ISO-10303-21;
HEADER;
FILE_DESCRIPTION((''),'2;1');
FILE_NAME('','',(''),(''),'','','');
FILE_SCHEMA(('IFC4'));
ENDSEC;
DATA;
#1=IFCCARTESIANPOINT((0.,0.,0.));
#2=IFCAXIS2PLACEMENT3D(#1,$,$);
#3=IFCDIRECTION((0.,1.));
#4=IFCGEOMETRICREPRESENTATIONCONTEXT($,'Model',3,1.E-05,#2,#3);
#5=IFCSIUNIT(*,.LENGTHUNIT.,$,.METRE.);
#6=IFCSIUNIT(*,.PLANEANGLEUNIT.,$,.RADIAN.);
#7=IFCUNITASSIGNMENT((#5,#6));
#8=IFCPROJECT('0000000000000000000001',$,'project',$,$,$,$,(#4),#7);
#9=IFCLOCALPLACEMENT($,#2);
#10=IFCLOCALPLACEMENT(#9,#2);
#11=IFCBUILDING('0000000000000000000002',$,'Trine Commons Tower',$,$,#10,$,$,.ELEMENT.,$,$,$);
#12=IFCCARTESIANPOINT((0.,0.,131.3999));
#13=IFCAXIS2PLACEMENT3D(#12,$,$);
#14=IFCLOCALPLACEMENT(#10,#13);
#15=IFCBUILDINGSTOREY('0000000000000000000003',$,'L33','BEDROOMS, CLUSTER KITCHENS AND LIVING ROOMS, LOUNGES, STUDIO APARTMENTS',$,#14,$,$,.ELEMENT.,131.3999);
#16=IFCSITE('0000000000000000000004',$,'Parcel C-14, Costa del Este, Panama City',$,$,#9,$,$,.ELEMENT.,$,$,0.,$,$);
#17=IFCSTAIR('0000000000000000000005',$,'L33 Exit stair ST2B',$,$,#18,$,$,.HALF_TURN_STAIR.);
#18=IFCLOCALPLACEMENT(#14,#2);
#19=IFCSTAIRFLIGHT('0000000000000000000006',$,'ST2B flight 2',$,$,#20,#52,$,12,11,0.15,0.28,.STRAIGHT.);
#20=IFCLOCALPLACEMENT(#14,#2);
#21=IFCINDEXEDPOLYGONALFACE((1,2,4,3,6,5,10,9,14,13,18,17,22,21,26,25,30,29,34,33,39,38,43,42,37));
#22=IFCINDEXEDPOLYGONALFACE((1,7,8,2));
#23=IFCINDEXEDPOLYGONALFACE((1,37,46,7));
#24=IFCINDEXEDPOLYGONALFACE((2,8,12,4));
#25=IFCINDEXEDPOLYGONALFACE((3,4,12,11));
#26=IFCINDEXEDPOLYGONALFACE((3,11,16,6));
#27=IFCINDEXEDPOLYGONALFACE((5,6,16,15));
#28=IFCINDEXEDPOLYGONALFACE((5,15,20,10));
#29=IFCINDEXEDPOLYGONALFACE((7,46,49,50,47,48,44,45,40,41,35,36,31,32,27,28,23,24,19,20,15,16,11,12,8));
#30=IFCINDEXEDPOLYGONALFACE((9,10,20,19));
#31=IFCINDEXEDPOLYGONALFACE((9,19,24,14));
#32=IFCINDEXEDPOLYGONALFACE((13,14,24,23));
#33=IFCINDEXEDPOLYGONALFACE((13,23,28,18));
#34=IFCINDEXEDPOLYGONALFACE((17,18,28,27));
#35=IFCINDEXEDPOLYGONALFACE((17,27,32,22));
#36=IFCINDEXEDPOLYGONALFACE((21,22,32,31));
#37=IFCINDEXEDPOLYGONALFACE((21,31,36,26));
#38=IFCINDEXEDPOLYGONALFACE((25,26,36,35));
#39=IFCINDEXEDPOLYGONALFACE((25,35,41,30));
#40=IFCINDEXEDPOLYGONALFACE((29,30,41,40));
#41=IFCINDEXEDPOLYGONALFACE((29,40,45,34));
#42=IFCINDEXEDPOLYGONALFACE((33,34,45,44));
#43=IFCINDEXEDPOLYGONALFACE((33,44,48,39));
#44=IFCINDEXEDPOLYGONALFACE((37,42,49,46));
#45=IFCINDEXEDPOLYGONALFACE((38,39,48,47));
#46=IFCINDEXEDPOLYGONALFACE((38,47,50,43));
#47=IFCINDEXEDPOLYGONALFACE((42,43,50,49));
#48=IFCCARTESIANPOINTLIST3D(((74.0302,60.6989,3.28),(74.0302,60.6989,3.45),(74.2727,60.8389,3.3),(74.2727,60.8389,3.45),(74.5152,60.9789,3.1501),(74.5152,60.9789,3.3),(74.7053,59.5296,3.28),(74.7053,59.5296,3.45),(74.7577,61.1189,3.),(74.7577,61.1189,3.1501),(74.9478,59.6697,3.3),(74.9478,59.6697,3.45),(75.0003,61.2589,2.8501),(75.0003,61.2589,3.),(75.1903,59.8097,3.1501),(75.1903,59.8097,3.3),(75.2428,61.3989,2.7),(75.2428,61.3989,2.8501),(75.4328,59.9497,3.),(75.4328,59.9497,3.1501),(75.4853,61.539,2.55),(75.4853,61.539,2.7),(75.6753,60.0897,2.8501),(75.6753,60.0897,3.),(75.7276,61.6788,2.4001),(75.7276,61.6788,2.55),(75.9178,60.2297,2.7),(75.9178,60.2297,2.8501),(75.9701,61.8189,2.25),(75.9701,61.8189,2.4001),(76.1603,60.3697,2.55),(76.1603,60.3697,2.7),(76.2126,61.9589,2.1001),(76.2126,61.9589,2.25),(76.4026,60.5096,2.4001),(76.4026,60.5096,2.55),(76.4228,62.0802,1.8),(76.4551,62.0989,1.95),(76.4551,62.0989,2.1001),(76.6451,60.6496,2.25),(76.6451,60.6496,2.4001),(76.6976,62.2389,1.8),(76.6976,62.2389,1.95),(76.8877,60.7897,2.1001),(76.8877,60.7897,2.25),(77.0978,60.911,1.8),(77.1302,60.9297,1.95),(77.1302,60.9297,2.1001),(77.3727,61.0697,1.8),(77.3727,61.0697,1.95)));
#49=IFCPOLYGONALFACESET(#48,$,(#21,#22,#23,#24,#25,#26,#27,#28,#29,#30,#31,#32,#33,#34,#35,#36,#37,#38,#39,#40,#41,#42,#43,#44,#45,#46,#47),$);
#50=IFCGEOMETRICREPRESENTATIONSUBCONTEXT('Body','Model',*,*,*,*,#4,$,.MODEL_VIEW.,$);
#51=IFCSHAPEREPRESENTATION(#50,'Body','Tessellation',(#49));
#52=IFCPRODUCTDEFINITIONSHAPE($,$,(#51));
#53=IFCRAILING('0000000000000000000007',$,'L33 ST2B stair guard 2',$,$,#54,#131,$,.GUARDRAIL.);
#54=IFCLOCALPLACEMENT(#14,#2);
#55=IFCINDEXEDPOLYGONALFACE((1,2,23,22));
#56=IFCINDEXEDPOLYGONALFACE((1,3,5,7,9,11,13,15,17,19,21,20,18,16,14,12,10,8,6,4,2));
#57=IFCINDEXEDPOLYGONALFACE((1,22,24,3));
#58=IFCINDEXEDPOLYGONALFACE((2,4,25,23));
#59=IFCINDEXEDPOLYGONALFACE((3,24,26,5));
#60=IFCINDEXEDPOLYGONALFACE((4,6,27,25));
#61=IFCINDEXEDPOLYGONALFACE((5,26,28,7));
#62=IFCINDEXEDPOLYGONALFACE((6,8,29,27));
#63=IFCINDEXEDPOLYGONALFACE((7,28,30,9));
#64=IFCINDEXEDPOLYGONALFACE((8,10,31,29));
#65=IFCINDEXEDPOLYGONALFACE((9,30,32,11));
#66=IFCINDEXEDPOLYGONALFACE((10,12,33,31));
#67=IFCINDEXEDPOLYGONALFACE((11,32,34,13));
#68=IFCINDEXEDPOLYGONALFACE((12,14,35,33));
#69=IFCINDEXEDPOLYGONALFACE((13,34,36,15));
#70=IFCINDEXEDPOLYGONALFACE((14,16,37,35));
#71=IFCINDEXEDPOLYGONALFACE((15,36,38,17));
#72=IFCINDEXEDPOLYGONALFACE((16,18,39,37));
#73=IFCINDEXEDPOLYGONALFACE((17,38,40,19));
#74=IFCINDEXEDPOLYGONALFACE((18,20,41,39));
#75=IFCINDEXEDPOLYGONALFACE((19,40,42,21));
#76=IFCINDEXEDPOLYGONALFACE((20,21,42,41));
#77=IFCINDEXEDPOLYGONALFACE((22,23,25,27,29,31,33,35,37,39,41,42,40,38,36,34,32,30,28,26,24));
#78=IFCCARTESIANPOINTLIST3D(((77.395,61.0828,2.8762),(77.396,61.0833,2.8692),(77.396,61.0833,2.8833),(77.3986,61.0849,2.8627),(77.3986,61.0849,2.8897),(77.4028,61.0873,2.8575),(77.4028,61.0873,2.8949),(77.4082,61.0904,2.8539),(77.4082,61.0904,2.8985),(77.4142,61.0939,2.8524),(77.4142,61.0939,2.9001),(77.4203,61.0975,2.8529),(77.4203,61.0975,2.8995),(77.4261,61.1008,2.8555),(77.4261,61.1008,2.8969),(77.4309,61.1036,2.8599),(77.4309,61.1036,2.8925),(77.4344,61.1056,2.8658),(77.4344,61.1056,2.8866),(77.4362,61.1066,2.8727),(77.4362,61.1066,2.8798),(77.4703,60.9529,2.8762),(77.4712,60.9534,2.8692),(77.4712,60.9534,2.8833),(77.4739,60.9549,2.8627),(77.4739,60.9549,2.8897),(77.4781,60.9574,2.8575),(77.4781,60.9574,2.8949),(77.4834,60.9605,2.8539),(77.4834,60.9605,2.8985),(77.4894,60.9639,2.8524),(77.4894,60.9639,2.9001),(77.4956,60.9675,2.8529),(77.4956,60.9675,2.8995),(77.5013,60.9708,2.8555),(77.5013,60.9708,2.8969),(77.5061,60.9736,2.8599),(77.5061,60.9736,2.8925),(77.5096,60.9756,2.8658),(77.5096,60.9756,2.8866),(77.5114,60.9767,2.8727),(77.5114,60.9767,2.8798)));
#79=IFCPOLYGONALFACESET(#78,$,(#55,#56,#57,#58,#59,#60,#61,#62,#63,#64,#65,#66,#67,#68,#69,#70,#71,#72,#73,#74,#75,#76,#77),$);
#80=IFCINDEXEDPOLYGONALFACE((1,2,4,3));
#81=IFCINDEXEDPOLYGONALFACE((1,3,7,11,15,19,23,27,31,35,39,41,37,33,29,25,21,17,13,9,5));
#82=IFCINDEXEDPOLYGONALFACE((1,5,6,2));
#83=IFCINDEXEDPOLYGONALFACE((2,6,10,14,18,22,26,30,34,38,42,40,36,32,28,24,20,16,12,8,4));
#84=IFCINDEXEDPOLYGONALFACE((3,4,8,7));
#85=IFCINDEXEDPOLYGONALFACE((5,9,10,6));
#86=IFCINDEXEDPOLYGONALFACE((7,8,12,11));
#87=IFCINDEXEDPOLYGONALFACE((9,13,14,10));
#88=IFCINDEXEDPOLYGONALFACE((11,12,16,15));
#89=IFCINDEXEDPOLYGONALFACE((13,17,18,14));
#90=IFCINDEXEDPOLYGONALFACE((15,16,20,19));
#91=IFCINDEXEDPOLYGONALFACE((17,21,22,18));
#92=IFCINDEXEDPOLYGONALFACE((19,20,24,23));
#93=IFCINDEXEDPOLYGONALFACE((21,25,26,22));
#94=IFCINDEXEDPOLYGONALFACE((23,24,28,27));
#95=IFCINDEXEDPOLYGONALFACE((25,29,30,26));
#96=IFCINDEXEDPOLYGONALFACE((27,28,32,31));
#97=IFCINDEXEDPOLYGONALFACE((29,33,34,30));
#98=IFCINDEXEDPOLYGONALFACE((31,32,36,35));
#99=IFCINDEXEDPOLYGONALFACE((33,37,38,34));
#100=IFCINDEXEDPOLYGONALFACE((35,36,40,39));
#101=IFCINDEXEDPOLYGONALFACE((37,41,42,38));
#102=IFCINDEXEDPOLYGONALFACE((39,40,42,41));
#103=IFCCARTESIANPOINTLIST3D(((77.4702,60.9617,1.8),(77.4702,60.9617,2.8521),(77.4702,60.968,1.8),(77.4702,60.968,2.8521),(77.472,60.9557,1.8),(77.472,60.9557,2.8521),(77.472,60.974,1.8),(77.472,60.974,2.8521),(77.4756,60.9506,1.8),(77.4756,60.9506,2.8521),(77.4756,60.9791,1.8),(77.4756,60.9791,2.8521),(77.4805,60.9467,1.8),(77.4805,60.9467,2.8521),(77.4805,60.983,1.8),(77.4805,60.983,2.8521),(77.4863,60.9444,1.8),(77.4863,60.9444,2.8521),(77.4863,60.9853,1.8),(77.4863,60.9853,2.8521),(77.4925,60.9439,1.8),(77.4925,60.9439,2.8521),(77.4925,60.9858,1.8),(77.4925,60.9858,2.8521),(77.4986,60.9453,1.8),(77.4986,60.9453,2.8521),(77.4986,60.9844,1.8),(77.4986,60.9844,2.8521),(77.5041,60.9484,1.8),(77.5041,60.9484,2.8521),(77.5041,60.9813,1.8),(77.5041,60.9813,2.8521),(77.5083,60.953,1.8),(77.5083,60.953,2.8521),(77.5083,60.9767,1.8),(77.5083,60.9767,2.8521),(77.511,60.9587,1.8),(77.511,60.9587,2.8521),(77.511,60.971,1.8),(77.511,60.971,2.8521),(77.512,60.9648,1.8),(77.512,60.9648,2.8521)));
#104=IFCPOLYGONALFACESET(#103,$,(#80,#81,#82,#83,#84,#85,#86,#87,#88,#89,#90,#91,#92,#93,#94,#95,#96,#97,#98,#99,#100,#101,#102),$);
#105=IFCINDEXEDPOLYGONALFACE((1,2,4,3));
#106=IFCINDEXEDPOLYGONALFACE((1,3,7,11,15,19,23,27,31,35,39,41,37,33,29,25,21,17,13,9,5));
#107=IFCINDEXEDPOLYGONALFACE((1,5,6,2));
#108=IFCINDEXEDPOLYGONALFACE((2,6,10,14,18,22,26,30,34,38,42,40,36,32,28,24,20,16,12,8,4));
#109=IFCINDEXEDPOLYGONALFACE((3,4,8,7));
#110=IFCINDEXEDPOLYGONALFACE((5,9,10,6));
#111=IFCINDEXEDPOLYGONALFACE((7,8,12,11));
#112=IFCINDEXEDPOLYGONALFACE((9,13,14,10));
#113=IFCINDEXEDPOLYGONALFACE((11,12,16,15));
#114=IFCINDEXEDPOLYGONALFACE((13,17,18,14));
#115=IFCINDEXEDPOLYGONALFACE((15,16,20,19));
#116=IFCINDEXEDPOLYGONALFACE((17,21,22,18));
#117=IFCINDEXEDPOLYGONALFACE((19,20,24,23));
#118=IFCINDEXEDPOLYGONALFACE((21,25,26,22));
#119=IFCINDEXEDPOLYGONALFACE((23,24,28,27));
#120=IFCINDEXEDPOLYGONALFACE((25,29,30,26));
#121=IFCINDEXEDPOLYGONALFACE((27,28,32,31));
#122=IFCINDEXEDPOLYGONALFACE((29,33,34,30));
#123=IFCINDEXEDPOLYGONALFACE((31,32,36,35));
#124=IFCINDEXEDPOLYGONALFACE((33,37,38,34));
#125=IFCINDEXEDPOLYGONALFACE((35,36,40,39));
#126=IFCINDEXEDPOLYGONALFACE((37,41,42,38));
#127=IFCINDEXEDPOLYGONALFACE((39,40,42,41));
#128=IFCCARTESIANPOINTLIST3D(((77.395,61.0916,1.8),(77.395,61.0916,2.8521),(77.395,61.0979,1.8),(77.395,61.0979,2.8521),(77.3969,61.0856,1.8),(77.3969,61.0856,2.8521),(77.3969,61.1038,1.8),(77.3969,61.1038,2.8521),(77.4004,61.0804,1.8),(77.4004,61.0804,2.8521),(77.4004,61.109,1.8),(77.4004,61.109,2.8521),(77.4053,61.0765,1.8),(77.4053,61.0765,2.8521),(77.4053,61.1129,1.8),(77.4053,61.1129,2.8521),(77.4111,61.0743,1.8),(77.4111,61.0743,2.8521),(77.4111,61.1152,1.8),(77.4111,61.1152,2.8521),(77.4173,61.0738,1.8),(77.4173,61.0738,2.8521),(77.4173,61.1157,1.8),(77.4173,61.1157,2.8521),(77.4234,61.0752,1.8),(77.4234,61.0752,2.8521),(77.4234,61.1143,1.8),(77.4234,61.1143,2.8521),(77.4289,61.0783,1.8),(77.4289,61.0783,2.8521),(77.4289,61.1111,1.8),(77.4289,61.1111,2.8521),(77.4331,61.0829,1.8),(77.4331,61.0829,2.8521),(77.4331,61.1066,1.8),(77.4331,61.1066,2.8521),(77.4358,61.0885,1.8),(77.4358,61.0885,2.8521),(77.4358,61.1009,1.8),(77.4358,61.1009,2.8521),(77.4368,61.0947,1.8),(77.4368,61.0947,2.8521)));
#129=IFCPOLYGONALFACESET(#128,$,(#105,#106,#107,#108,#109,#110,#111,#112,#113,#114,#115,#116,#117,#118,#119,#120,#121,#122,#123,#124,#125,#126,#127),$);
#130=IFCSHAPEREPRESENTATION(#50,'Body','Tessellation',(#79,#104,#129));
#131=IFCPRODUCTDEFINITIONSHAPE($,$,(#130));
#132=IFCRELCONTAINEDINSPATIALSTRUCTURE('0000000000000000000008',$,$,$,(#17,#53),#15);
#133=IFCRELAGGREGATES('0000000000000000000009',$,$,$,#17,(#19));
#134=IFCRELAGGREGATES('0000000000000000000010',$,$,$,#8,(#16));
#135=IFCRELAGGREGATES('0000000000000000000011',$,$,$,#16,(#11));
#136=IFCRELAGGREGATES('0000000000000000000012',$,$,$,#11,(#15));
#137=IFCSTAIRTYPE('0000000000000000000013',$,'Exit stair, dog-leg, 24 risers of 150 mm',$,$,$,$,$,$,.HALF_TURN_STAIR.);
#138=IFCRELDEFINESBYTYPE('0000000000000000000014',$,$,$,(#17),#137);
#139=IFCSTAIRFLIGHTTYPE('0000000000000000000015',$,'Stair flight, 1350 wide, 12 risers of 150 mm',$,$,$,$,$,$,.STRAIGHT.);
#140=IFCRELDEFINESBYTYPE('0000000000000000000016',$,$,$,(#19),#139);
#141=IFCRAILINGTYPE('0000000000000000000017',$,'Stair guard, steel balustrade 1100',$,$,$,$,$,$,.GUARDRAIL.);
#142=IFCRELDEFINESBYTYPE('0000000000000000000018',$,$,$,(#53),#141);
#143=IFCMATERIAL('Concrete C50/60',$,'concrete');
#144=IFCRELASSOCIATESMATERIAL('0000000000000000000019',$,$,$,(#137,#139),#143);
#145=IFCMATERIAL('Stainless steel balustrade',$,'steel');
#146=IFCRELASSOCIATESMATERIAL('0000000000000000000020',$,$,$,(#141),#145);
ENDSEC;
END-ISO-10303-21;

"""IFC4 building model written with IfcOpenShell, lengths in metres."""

from ifc_helpers import new_model, si_unit, direction, frame, origin, origin_2d, place, context, subcontext, project, spatial, polyline, circle, outline, extrude, material, type_object, element, aggregate, save


model = new_model("IFC4")

# Units and contexts
model_context = context("Model", 3, precision=1e-05, world=origin(), true_north=direction((0.0, 1.0)))
body_context = subcontext(model_context, "Body", "Model", "MODEL_VIEW")
ifc_project = project(units=[si_unit("LENGTHUNIT", "METRE"), si_unit("PLANEANGLEUNIT", "RADIAN")], contexts=[model_context])

# Site, building, storey
site_placement = place(None, origin())
site = spatial("IfcSite", under=ifc_project, at=site_placement, Name="Parcel C-14, Costa del Este, Panama City", CompositionType="ELEMENT", RefElevation=0.0)
building_placement = place(site_placement, origin())
building = spatial("IfcBuilding", under=site, at=building_placement, Name="Trine Commons Tower", CompositionType="ELEMENT")
storey_placement = place(building_placement, frame((0.0, 0.0, 131.3999)))
storey = spatial("IfcBuildingStorey", under=building, at=storey_placement, Name="L33", Description="BEDROOMS, CLUSTER KITCHENS AND LIVING ROOMS, LOUNGES, STUDIO APARTMENTS", CompositionType="ELEMENT", Elevation=131.3999)

# Shared definitions
ifc_material_1 = material(Name="Concrete C50/60", Category="concrete")

# Stair, stair flight
stair_type = type_object("IfcStairType", Name="Exit stair, dog-leg, 24 risers of 150 mm", PredefinedType="HALF_TURN_STAIR", material=ifc_material_1)
stair_placement = place(storey_placement, origin())
stair = element("IfcStair", 1, at=stair_placement, inside=storey, type_object=stair_type, Name="L33 Exit stair ST2B", PredefinedType="HALF_TURN_STAIR")
stair_flight_type = type_object("IfcStairFlightType", Name="Stair flight, 1350 wide, 12 risers of 150 mm", PredefinedType="STRAIGHT", material=ifc_material_1)
stair_flight_placement = place(storey_placement, frame((77.0352, 61.6543, 1.8), z_axis=(0.0, 0.0, 1.0), x_axis=(-0.866025, -0.5, 0.0)))
stair_flight = element("IfcStairFlight", 2, at=stair_flight_placement, type_object=stair_flight_type, Name="ST2B flight 2", NumberOfRisers=12, NumberOfTreads=11, PredefinedType="STRAIGHT", RiserHeight=0.15, TreadLength=0.28, context=body_context, shape_type="SweptSolid", body=[
    extrude(outline(polyline([(0.0, 0.0), (0.0, 0.1499), (0.28, 0.1499), (0.28, 0.3), (0.5601, 0.3), (0.5601, 0.45), (0.8401, 0.45), (0.8401, 0.6001), (1.1201, 0.6001), (1.1201, 0.75), (1.3999, 0.75), (1.3999, 0.8999), (1.6799, 0.8999), (1.6799, 1.05), (1.96, 1.05), (1.96, 1.2), (2.24, 1.2), (2.24, 1.3501), (2.52, 1.3501), (2.52, 1.5), (2.8, 1.5), (2.8, 1.6499), (3.0801, 1.6499), (3.0801, 1.8), (3.0801, 1.48), (0.3174, 0.0), (0.0, 0.0)])), frame((0.0, 0.675, 0.0), z_axis=(0.0, -1.0, 0.0), x_axis=(1.0, 0.0, 0.0)), (0.0, 0.0, 1.0), 1.3501),
])
aggregate(stair, [stair_flight])

# Railing
ifc_material_2 = material(Name="Stainless steel balustrade", Category="steel")
railing_type_1 = type_object("IfcRailingType", Name="Stair guard, steel balustrade 1100", PredefinedType="GUARDRAIL", material=ifc_material_2)
railing_1_placement = place(storey_placement, frame((77.491, 60.9648, 1.8)))
element("IfcRailing", 3, at=railing_1_placement, inside=storey, type_object=railing_type_1, Name="L33 ST2B stair guard 2", PredefinedType="GUARDRAIL", context=body_context, shape_type="SweptSolid", body=[
    extrude(circle(Radius=0.0239, at=origin_2d()), frame((0.0, 0.0, 1.0762), z_axis=(-0.501036, 0.865426, 0.0), x_axis=(-0.865426, -0.501036, 0.0)), (0.0, 0.0, 1.0), 0.1501),
    extrude(circle(Radius=0.021, at=origin_2d()), origin(), (0.0, 0.0, 1.0), 1.052),
    extrude(circle(Radius=0.021, at=origin_2d()), frame((-0.0752, 0.1299, 0.0)), (0.0, 0.0, 1.0), 1.052),
])

save(model, "model.ifc")
